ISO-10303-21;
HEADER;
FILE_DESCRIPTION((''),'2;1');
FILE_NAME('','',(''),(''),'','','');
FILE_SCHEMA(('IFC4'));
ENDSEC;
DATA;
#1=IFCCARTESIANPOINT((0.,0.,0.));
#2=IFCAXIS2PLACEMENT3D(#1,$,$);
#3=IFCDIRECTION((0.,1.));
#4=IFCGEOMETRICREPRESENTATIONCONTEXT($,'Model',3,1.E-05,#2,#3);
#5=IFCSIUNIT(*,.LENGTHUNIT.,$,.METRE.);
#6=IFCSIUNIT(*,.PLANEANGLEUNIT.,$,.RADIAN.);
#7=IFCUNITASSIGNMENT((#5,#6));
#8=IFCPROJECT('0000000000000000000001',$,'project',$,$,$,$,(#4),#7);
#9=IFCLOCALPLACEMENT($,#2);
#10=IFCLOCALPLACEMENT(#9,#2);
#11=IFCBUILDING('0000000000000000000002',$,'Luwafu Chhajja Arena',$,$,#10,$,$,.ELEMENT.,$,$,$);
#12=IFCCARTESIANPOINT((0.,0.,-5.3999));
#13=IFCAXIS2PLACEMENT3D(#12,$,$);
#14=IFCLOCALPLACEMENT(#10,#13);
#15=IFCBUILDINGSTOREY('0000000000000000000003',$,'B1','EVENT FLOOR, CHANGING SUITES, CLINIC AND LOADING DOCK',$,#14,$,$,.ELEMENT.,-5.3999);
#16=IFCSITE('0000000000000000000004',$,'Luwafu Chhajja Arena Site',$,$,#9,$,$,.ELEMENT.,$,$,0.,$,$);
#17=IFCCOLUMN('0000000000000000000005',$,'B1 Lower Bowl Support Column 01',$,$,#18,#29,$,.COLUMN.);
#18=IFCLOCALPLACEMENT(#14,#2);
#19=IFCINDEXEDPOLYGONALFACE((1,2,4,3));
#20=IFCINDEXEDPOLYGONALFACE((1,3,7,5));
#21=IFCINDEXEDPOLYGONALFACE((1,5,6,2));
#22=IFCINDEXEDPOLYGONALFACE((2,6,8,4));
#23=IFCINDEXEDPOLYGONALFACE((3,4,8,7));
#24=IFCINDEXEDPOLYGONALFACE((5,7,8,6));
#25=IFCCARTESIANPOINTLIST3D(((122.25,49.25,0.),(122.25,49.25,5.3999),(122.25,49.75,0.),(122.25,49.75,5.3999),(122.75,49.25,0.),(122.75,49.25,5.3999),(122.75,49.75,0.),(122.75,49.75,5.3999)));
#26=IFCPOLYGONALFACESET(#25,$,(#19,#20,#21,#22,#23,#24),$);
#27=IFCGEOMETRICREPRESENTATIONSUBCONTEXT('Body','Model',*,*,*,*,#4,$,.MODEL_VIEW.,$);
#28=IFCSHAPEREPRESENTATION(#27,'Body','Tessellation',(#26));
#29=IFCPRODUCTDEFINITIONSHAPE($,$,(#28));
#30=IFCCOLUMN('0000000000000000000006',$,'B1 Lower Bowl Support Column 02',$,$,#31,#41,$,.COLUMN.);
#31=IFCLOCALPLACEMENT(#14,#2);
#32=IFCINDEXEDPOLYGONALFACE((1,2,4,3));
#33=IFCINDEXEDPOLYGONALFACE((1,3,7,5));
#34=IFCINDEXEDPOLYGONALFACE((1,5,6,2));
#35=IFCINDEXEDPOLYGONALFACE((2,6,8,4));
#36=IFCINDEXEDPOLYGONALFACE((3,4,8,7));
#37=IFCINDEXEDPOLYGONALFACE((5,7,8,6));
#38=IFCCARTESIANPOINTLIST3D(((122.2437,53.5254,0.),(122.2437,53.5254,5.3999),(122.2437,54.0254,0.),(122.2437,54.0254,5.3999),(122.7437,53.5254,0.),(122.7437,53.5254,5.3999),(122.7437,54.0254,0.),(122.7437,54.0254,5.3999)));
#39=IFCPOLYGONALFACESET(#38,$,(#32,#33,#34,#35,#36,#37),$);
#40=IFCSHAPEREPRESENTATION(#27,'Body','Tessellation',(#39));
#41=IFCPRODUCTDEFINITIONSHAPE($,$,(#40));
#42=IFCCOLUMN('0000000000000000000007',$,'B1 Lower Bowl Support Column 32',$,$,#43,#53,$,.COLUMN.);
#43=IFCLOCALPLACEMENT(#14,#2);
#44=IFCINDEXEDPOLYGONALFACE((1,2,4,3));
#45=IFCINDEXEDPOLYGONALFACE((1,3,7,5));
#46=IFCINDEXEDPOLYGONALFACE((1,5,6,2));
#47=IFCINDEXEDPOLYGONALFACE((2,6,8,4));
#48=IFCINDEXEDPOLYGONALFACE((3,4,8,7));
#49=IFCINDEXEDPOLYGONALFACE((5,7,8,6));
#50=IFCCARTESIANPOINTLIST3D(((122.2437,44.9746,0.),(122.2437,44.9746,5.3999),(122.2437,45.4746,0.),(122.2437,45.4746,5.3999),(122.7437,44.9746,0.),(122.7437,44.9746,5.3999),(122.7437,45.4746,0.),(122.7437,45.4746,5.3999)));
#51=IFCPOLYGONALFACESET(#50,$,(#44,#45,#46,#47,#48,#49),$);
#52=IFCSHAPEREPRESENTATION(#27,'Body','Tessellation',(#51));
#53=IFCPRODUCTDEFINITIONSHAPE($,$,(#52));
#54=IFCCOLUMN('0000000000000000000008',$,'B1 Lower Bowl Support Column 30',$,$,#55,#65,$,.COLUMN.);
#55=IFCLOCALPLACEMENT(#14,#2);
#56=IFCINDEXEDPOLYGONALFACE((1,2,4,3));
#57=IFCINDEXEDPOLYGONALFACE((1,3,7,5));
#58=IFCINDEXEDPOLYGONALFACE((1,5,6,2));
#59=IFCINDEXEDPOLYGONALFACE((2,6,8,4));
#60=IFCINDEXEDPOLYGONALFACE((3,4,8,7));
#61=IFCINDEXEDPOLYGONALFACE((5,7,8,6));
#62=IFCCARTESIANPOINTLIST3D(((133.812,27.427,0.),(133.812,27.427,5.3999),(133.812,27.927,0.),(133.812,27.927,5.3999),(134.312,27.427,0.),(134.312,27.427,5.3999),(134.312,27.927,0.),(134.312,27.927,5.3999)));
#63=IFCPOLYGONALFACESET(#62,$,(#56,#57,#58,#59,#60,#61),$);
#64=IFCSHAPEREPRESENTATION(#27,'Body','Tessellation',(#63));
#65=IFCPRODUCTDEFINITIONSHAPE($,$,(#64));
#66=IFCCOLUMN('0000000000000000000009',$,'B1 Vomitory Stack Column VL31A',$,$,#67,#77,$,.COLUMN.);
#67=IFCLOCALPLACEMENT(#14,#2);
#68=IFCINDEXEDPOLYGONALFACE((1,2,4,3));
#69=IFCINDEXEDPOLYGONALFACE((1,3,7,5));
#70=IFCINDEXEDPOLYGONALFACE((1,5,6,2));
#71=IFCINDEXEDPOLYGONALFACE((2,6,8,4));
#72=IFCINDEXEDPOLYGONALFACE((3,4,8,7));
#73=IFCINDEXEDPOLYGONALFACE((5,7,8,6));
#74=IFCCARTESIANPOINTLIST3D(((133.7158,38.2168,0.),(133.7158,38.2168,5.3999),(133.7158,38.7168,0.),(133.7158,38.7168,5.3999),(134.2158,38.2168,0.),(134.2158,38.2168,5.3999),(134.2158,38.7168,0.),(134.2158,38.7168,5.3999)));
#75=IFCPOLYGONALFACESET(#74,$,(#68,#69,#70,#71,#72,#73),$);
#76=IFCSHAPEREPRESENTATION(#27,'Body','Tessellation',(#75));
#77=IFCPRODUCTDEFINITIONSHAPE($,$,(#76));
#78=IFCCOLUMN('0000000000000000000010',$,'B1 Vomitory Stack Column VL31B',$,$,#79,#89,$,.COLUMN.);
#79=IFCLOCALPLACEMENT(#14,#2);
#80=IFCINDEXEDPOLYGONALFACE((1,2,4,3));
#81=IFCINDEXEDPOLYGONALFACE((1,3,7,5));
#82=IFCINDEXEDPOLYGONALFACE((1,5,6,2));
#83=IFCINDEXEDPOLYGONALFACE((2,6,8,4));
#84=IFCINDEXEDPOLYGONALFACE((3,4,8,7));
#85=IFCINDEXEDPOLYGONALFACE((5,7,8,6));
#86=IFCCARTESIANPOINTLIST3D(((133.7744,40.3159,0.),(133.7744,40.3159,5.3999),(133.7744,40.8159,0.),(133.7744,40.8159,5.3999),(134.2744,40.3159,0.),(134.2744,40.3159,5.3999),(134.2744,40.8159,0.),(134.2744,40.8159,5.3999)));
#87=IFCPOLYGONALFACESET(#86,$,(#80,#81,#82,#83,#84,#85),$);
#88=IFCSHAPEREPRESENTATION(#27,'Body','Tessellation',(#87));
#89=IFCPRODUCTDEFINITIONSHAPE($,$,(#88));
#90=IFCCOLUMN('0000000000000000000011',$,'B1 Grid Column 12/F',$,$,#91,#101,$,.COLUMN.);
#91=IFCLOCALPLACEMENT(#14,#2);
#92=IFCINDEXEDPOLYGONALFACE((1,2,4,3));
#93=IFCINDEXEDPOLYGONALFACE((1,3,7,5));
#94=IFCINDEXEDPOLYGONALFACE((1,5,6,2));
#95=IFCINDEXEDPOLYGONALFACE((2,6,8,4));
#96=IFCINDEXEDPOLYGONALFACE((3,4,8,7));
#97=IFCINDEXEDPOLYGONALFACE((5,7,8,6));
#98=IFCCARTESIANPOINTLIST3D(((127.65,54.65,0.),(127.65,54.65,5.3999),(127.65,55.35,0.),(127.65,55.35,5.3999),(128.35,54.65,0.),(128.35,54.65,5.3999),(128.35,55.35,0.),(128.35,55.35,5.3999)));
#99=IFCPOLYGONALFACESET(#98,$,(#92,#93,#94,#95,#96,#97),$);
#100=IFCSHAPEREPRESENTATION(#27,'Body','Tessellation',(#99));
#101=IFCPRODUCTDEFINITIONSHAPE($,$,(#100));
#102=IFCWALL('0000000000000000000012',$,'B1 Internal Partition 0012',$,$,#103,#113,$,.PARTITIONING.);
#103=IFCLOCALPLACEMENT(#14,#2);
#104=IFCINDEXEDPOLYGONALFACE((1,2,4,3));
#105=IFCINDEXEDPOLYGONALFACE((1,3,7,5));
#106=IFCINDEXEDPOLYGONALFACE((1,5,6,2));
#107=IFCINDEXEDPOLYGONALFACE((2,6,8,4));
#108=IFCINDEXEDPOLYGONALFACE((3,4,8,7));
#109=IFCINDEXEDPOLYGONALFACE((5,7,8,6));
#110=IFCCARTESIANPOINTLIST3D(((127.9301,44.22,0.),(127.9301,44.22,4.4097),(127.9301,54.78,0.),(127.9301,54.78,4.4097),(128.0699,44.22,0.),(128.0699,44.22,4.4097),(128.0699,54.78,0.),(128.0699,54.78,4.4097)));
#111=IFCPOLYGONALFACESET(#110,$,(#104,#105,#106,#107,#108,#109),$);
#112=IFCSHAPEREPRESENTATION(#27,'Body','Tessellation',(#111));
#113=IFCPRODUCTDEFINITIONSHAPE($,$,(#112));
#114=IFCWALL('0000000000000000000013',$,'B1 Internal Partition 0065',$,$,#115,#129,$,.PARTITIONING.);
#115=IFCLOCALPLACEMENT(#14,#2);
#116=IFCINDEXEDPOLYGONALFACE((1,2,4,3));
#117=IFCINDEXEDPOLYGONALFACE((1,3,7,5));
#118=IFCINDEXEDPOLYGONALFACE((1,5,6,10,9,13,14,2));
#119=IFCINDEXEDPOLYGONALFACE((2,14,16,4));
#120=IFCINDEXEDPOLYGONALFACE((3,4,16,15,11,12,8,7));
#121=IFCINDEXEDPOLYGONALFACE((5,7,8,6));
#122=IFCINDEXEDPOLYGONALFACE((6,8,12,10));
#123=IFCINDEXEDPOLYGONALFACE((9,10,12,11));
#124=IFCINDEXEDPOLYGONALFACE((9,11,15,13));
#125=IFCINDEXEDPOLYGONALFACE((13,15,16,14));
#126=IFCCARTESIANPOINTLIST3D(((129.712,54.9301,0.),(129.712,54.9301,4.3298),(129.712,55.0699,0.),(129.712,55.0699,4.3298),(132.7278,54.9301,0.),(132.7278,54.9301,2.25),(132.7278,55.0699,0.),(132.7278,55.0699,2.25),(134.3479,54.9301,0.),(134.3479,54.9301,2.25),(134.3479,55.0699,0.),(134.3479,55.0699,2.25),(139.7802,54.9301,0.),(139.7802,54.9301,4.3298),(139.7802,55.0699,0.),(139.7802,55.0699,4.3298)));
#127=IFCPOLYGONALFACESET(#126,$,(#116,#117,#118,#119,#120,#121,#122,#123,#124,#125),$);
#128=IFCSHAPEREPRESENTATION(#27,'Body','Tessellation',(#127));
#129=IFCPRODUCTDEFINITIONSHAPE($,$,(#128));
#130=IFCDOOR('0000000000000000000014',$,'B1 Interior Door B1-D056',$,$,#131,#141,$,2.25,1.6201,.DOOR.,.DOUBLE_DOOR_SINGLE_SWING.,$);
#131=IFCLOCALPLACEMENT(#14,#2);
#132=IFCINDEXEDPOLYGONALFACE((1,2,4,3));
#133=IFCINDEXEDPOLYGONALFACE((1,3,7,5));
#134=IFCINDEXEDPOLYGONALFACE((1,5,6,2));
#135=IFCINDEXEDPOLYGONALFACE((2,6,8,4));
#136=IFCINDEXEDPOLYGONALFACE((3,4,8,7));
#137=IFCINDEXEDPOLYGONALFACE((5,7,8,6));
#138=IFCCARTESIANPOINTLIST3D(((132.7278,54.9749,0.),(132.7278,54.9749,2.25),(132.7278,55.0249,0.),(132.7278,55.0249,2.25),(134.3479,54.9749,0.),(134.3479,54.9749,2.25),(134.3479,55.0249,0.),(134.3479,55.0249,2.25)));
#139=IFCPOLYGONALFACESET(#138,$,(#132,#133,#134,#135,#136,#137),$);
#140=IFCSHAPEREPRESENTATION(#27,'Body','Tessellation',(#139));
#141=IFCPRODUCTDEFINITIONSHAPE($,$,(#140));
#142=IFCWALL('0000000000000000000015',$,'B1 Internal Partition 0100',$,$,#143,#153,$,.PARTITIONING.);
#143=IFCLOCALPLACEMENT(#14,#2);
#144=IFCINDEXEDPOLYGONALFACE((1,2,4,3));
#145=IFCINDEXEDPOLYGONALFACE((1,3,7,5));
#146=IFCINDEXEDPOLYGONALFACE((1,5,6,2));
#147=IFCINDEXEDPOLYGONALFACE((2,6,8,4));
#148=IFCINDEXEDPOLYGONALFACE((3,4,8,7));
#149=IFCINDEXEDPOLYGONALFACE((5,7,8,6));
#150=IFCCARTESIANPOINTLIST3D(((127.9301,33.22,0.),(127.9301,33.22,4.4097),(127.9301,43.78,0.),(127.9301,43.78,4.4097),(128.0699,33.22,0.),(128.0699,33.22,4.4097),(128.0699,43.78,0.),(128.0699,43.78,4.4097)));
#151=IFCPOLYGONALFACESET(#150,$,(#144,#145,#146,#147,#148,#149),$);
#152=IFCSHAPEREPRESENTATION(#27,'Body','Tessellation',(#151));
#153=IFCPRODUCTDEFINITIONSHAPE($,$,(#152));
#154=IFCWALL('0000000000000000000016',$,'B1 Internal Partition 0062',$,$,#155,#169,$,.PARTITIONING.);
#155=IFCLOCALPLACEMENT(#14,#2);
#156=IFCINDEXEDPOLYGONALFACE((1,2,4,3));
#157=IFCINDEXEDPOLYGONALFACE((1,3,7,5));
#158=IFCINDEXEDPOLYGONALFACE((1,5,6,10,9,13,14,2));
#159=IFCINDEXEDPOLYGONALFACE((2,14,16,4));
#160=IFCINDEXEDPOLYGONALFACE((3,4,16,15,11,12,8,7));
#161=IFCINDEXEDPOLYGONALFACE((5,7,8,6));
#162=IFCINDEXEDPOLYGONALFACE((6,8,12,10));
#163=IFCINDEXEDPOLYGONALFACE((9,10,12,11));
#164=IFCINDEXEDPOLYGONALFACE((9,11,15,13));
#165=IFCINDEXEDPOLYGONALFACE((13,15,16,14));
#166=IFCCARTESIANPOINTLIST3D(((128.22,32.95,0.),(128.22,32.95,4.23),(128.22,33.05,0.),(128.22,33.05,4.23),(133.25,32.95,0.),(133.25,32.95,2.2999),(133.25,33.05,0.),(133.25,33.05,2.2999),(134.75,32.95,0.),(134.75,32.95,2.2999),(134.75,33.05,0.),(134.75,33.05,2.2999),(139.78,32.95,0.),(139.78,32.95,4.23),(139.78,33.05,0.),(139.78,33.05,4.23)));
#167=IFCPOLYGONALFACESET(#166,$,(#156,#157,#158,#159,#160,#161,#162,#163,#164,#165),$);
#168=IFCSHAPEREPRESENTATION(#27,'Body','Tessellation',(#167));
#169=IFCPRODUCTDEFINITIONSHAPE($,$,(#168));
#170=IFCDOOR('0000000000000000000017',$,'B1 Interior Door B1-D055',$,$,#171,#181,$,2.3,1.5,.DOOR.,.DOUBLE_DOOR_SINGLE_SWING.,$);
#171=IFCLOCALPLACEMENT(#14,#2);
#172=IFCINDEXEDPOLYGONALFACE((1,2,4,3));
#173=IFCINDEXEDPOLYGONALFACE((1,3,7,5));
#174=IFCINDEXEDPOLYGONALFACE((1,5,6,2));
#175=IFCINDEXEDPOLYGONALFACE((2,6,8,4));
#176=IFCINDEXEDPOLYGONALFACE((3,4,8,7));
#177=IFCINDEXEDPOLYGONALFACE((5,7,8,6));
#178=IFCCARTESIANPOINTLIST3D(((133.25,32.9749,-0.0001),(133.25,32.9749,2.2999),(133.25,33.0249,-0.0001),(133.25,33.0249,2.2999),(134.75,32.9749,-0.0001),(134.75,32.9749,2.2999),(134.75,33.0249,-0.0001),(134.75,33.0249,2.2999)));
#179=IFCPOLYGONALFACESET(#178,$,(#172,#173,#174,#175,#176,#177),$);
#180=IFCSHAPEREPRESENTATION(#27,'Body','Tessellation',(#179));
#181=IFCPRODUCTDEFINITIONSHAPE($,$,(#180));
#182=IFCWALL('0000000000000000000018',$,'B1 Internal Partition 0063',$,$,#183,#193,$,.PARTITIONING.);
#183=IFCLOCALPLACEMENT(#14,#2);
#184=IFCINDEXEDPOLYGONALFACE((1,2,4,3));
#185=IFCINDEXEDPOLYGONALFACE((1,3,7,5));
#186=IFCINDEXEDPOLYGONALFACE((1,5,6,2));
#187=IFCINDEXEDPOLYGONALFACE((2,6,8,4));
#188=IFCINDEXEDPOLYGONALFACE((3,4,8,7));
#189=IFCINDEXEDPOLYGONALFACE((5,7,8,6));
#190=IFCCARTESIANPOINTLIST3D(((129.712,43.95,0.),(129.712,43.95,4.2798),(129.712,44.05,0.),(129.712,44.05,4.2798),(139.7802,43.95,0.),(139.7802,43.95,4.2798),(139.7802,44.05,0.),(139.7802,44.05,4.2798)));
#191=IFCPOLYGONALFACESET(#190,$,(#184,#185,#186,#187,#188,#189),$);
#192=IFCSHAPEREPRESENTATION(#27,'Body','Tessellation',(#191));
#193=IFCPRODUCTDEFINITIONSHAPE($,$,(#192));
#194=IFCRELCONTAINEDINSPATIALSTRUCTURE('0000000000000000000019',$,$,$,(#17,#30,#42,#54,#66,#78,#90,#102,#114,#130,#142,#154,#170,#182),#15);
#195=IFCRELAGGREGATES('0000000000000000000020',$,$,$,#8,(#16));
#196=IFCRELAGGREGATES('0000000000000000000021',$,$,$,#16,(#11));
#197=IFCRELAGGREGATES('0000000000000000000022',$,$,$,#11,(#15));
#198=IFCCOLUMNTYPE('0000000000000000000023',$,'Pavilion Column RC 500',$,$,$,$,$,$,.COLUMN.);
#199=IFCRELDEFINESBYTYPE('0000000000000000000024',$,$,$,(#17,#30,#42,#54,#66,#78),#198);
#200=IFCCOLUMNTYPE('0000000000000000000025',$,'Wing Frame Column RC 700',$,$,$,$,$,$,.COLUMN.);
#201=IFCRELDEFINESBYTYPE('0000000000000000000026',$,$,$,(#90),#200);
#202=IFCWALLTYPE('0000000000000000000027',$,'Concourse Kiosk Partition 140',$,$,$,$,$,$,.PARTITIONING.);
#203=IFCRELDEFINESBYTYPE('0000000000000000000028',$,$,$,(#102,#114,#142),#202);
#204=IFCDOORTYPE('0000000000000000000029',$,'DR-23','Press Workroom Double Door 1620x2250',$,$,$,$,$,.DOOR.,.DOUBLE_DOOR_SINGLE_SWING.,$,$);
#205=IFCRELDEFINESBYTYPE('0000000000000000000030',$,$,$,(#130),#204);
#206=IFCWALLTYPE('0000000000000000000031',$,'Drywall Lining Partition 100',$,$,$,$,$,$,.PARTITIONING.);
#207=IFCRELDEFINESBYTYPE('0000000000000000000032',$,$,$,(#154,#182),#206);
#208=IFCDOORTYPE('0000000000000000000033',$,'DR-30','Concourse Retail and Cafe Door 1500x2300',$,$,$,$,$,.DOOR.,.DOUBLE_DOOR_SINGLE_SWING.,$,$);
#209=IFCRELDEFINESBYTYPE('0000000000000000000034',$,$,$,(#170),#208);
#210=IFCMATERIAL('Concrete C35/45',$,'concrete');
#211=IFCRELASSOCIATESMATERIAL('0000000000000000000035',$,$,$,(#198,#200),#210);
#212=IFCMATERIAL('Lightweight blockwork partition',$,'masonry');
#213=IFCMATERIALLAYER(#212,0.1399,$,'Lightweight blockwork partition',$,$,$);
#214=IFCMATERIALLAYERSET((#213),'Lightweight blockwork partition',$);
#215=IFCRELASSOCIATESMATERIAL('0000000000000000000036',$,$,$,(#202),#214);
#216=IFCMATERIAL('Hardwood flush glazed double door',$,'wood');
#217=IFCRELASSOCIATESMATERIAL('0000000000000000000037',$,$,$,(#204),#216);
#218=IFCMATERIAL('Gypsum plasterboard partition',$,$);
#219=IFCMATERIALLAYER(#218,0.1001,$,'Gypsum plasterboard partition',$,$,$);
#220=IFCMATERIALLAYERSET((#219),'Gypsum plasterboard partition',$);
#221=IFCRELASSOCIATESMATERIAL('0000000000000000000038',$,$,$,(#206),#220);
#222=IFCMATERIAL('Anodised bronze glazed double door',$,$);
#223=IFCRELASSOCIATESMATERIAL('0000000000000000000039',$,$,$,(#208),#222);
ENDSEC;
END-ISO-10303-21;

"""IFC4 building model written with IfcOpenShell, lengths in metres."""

from ifc_helpers import new_model, si_unit, direction, frame, frame_2d, origin, origin_2d, place, context, subcontext, project, spatial, rectangle, extrude, material, layer, layer_set, material_profile, profile_set, type_object, element, fill, save


model = new_model("IFC4")

# Units and contexts
model_context = context("Model", 3, precision=1e-05, world=origin(), true_north=direction((0.0, 1.0)))
body_context = subcontext(model_context, "Body", "Model", "MODEL_VIEW")
ifc_project = project(units=[si_unit("LENGTHUNIT", "METRE"), si_unit("PLANEANGLEUNIT", "RADIAN")], contexts=[model_context])

# Site, building, storey
site_placement = place(None, origin())
site = spatial("IfcSite", under=ifc_project, at=site_placement, Name="Luwafu Chhajja Arena Site", CompositionType="ELEMENT", RefElevation=0.0)
building_placement = place(site_placement, origin())
building = spatial("IfcBuilding", under=site, at=building_placement, Name="Luwafu Chhajja Arena", CompositionType="ELEMENT")
storey_placement = place(building_placement, frame((0.0, 0.0, -5.3999)))
storey = spatial("IfcBuildingStorey", under=building, at=storey_placement, Name="B1", Description="EVENT FLOOR, CHANGING SUITES, CLINIC AND LOADING DOCK", CompositionType="ELEMENT", Elevation=-5.3999)

# Shared definitions
ifc_material_1 = material(Name="Concrete C35/45", Category="concrete")

# Columns
ifc_material_profile_1 = material_profile(ifc_material_1, rectangle(XDim=0.5, YDim=0.5, at=origin_2d()), Name="RC 500x500")
ifc_profile_set_1 = profile_set([ifc_material_profile_1], Name="Concrete C35/45")
column_type_1 = type_object("IfcColumnType", Name="Pavilion Column RC 500", PredefinedType="COLUMN", material=ifc_profile_set_1)
for number, where, z_axis, x_axis, name in (
    (1, (122.5, 49.5, 0.0), (0.0, 0.0, 1.0), (1.0, 0.0, 0.0), "B1 Lower Bowl Support Column 01"),
    (2, (122.4937, 53.7754, 0.0), (0.0, 0.0, 1.0), (1.0, 0.0, 0.0), "B1 Lower Bowl Support Column 02"),
    (3, (122.4937, 45.2246, 0.0), (0.0, 0.0, 1.0), (1.0, 0.0, 0.0), "B1 Lower Bowl Support Column 32"),
    (4, (134.062, 27.677, 0.0), (0.0, 0.0, 1.0), (1.0, 0.0, 0.0), "B1 Lower Bowl Support Column 30"),
    (5, (133.9658, 38.4668, 0.0), (0.0, 0.0, 1.0), (1.0, 0.0, 0.0), "B1 Vomitory Stack Column VL31A"),
    (6, (134.0244, 40.5659, 0.0), (0.0, 0.0, 1.0), (1.0, 0.0, 0.0), "B1 Vomitory Stack Column VL31B"),
):
    element("IfcColumn", number, at=place(storey_placement, frame(where, z_axis=z_axis, x_axis=x_axis)), inside=storey, type_object=column_type_1, Name=name, PredefinedType="COLUMN", context=body_context, shape_type="SweptSolid", body=[
        extrude(rectangle(XDim=0.5, YDim=0.5, at=origin_2d()), origin(), (0.0, 0.0, 1.0), 5.3999),
    ])
ifc_material_profile_2 = material_profile(ifc_material_1, rectangle(XDim=0.7, YDim=0.7, at=origin_2d()), Name="RC 700x700")
ifc_profile_set_2 = profile_set([ifc_material_profile_2], Name="Concrete C35/45")
column_type_2 = type_object("IfcColumnType", Name="Wing Frame Column RC 700", PredefinedType="COLUMN", material=ifc_profile_set_2)
column_1_placement = place(storey_placement, frame((128.0, 55.0, 0.0), z_axis=(0.0, 0.0, 1.0), x_axis=(1.0, 0.0, 0.0)))
element("IfcColumn", 7, at=column_1_placement, inside=storey, type_object=column_type_2, Name="B1 Grid Column 12/F", PredefinedType="COLUMN", context=body_context, shape_type="SweptSolid", body=[
    extrude(rectangle(XDim=0.7, YDim=0.7, at=origin_2d()), origin(), (0.0, 0.0, 1.0), 5.3999),
])

# Wall
ifc_material_2 = material(Name="Lightweight blockwork partition", Category="masonry")
ifc_layer_1 = layer(ifc_material_2, 0.1399, Name="Lightweight blockwork partition")
ifc_layer_set_1 = layer_set([ifc_layer_1], Name="Lightweight blockwork partition")
wall_type_1 = type_object("IfcWallType", Name="Concourse Kiosk Partition 140", PredefinedType="PARTITIONING", material=ifc_layer_set_1)
wall_1_placement = place(storey_placement, frame((128.0, 44.22, 0.0), z_axis=(0.0, 0.0, 1.0), x_axis=(0.0, 1.0, 0.0)))
element("IfcWall", 8, at=wall_1_placement, inside=storey, type_object=wall_type_1, Name="B1 Internal Partition 0012", PredefinedType="PARTITIONING", context=body_context, shape_type="SweptSolid", body=[
    extrude(rectangle(XDim=10.5601, YDim=0.1399, at=frame_2d((5.28, 0.0))), origin(), (0.0, 0.0, 1.0), 4.4097),
])

# Wall, opening, door
wall_2_placement = place(storey_placement, frame((129.7119, 55.0, 0.0), z_axis=(0.0, 0.0, 1.0), x_axis=(1.0, 0.0, 0.0)))
wall_2 = element("IfcWall", 9, at=wall_2_placement, inside=storey, type_object=wall_type_1, Name="B1 Internal Partition 0065", PredefinedType="PARTITIONING", context=body_context, shape_type="SweptSolid", body=[
    extrude(rectangle(XDim=10.0681, YDim=0.1399, at=frame_2d((5.0342, 0.0))), origin(), (0.0, 0.0, 1.0), 4.3298),
])
opening_1_placement = place(wall_2_placement, frame((3.0159, 0.0, 0.0)))
opening_1 = element("IfcOpeningElement", 10, at=opening_1_placement, cuts=wall_2, PredefinedType="OPENING", context=body_context, shape_type="SweptSolid", body=[
    extrude(rectangle(XDim=1.6201, YDim=2.25, at=frame_2d((0.8101, 1.125))), frame((0.0, 0.0798, 0.0), z_axis=(0.0, -1.0, 0.0), x_axis=(1.0, 0.0, 0.0)), (0.0, 0.0, 1.0), 0.1599),
])
ifc_material_3 = material(Name="Hardwood flush glazed double door", Category="wood")
door_type_1 = type_object("IfcDoorType", Name="DR-23", Description="Press Workroom Double Door 1620x2250", OperationType="DOUBLE_DOOR_SINGLE_SWING", PredefinedType="DOOR", material=ifc_material_3)
door_1_placement = place(opening_1_placement, origin())
door_1 = element("IfcDoor", 11, at=door_1_placement, inside=storey, type_object=door_type_1, Name="B1 Interior Door B1-D056", OperationType="DOUBLE_DOOR_SINGLE_SWING", OverallHeight=2.25, OverallWidth=1.6201, PredefinedType="DOOR", context=body_context, shape_type="SweptSolid", body=[
    extrude(rectangle(XDim=1.6201, YDim=2.25, at=frame_2d((0.8101, 1.125))), frame((0.0, 0.0249, 0.0), z_axis=(0.0, -1.0, 0.0), x_axis=(1.0, 0.0, 0.0)), (0.0, 0.0, 1.0), 0.05),
])
fill(opening_1, door_1)

# Wall
wall_3_placement = place(storey_placement, frame((128.0, 33.22, 0.0), z_axis=(0.0, 0.0, 1.0), x_axis=(0.0, 1.0, 0.0)))
element("IfcWall", 12, at=wall_3_placement, inside=storey, type_object=wall_type_1, Name="B1 Internal Partition 0100", PredefinedType="PARTITIONING", context=body_context, shape_type="SweptSolid", body=[
    extrude(rectangle(XDim=10.5601, YDim=0.1399, at=frame_2d((5.28, 0.0))), origin(), (0.0, 0.0, 1.0), 4.4097),
])

# Wall, opening, door
ifc_material_4 = material(Name="Gypsum plasterboard partition")
ifc_layer_2 = layer(ifc_material_4, 0.1001, Name="Gypsum plasterboard partition")
ifc_layer_set_2 = layer_set([ifc_layer_2], Name="Gypsum plasterboard partition")
wall_type_2 = type_object("IfcWallType", Name="Drywall Lining Partition 100", PredefinedType="PARTITIONING", material=ifc_layer_set_2)
wall_4_placement = place(storey_placement, frame((128.22, 33.0, 0.0), z_axis=(0.0, 0.0, 1.0), x_axis=(1.0, 0.0, 0.0)))
wall_4 = element("IfcWall", 13, at=wall_4_placement, inside=storey, type_object=wall_type_2, Name="B1 Internal Partition 0062", PredefinedType="PARTITIONING", context=body_context, shape_type="SweptSolid", body=[
    extrude(rectangle(XDim=11.5601, YDim=0.1001, at=frame_2d((5.78, 0.0))), origin(), (0.0, 0.0, 1.0), 4.23),
])
opening_2_placement = place(wall_4_placement, frame((5.03, 0.0, 0.0)))
opening_2 = element("IfcOpeningElement", 14, at=opening_2_placement, cuts=wall_4, PredefinedType="OPENING", context=body_context, shape_type="SweptSolid", body=[
    extrude(rectangle(XDim=1.5, YDim=2.3, at=frame_2d((0.75, 1.1499))), frame((0.0, 0.0601, 0.0), z_axis=(0.0, -1.0, 0.0), x_axis=(1.0, 0.0, 0.0)), (0.0, 0.0, 1.0), 0.1201),
])
ifc_material_5 = material(Name="Anodised bronze glazed double door")
door_type_2 = type_object("IfcDoorType", Name="DR-30", Description="Concourse Retail and Cafe Door 1500x2300", OperationType="DOUBLE_DOOR_SINGLE_SWING", PredefinedType="DOOR", material=ifc_material_5)
door_2_placement = place(opening_2_placement, origin())
door_2 = element("IfcDoor", 15, at=door_2_placement, inside=storey, type_object=door_type_2, Name="B1 Interior Door B1-D055", OperationType="DOUBLE_DOOR_SINGLE_SWING", OverallHeight=2.3, OverallWidth=1.5, PredefinedType="DOOR", context=body_context, shape_type="SweptSolid", body=[
    extrude(rectangle(XDim=1.5, YDim=2.3, at=frame_2d((0.75, 1.1499))), frame((0.0, 0.0249, 0.0), z_axis=(0.0, -1.0, 0.0), x_axis=(1.0, 0.0, 0.0)), (0.0, 0.0, 1.0), 0.05),
])
fill(opening_2, door_2)

# Wall
wall_5_placement = place(storey_placement, frame((129.7119, 44.0, 0.0), z_axis=(0.0, 0.0, 1.0), x_axis=(1.0, 0.0, 0.0)))
element("IfcWall", 16, at=wall_5_placement, inside=storey, type_object=wall_type_2, Name="B1 Internal Partition 0063", PredefinedType="PARTITIONING", context=body_context, shape_type="SweptSolid", body=[
    extrude(rectangle(XDim=10.0681, YDim=0.1001, at=frame_2d((5.0342, 0.0))), origin(), (0.0, 0.0, 1.0), 4.2798),
])

save(model, "model.ifc")
